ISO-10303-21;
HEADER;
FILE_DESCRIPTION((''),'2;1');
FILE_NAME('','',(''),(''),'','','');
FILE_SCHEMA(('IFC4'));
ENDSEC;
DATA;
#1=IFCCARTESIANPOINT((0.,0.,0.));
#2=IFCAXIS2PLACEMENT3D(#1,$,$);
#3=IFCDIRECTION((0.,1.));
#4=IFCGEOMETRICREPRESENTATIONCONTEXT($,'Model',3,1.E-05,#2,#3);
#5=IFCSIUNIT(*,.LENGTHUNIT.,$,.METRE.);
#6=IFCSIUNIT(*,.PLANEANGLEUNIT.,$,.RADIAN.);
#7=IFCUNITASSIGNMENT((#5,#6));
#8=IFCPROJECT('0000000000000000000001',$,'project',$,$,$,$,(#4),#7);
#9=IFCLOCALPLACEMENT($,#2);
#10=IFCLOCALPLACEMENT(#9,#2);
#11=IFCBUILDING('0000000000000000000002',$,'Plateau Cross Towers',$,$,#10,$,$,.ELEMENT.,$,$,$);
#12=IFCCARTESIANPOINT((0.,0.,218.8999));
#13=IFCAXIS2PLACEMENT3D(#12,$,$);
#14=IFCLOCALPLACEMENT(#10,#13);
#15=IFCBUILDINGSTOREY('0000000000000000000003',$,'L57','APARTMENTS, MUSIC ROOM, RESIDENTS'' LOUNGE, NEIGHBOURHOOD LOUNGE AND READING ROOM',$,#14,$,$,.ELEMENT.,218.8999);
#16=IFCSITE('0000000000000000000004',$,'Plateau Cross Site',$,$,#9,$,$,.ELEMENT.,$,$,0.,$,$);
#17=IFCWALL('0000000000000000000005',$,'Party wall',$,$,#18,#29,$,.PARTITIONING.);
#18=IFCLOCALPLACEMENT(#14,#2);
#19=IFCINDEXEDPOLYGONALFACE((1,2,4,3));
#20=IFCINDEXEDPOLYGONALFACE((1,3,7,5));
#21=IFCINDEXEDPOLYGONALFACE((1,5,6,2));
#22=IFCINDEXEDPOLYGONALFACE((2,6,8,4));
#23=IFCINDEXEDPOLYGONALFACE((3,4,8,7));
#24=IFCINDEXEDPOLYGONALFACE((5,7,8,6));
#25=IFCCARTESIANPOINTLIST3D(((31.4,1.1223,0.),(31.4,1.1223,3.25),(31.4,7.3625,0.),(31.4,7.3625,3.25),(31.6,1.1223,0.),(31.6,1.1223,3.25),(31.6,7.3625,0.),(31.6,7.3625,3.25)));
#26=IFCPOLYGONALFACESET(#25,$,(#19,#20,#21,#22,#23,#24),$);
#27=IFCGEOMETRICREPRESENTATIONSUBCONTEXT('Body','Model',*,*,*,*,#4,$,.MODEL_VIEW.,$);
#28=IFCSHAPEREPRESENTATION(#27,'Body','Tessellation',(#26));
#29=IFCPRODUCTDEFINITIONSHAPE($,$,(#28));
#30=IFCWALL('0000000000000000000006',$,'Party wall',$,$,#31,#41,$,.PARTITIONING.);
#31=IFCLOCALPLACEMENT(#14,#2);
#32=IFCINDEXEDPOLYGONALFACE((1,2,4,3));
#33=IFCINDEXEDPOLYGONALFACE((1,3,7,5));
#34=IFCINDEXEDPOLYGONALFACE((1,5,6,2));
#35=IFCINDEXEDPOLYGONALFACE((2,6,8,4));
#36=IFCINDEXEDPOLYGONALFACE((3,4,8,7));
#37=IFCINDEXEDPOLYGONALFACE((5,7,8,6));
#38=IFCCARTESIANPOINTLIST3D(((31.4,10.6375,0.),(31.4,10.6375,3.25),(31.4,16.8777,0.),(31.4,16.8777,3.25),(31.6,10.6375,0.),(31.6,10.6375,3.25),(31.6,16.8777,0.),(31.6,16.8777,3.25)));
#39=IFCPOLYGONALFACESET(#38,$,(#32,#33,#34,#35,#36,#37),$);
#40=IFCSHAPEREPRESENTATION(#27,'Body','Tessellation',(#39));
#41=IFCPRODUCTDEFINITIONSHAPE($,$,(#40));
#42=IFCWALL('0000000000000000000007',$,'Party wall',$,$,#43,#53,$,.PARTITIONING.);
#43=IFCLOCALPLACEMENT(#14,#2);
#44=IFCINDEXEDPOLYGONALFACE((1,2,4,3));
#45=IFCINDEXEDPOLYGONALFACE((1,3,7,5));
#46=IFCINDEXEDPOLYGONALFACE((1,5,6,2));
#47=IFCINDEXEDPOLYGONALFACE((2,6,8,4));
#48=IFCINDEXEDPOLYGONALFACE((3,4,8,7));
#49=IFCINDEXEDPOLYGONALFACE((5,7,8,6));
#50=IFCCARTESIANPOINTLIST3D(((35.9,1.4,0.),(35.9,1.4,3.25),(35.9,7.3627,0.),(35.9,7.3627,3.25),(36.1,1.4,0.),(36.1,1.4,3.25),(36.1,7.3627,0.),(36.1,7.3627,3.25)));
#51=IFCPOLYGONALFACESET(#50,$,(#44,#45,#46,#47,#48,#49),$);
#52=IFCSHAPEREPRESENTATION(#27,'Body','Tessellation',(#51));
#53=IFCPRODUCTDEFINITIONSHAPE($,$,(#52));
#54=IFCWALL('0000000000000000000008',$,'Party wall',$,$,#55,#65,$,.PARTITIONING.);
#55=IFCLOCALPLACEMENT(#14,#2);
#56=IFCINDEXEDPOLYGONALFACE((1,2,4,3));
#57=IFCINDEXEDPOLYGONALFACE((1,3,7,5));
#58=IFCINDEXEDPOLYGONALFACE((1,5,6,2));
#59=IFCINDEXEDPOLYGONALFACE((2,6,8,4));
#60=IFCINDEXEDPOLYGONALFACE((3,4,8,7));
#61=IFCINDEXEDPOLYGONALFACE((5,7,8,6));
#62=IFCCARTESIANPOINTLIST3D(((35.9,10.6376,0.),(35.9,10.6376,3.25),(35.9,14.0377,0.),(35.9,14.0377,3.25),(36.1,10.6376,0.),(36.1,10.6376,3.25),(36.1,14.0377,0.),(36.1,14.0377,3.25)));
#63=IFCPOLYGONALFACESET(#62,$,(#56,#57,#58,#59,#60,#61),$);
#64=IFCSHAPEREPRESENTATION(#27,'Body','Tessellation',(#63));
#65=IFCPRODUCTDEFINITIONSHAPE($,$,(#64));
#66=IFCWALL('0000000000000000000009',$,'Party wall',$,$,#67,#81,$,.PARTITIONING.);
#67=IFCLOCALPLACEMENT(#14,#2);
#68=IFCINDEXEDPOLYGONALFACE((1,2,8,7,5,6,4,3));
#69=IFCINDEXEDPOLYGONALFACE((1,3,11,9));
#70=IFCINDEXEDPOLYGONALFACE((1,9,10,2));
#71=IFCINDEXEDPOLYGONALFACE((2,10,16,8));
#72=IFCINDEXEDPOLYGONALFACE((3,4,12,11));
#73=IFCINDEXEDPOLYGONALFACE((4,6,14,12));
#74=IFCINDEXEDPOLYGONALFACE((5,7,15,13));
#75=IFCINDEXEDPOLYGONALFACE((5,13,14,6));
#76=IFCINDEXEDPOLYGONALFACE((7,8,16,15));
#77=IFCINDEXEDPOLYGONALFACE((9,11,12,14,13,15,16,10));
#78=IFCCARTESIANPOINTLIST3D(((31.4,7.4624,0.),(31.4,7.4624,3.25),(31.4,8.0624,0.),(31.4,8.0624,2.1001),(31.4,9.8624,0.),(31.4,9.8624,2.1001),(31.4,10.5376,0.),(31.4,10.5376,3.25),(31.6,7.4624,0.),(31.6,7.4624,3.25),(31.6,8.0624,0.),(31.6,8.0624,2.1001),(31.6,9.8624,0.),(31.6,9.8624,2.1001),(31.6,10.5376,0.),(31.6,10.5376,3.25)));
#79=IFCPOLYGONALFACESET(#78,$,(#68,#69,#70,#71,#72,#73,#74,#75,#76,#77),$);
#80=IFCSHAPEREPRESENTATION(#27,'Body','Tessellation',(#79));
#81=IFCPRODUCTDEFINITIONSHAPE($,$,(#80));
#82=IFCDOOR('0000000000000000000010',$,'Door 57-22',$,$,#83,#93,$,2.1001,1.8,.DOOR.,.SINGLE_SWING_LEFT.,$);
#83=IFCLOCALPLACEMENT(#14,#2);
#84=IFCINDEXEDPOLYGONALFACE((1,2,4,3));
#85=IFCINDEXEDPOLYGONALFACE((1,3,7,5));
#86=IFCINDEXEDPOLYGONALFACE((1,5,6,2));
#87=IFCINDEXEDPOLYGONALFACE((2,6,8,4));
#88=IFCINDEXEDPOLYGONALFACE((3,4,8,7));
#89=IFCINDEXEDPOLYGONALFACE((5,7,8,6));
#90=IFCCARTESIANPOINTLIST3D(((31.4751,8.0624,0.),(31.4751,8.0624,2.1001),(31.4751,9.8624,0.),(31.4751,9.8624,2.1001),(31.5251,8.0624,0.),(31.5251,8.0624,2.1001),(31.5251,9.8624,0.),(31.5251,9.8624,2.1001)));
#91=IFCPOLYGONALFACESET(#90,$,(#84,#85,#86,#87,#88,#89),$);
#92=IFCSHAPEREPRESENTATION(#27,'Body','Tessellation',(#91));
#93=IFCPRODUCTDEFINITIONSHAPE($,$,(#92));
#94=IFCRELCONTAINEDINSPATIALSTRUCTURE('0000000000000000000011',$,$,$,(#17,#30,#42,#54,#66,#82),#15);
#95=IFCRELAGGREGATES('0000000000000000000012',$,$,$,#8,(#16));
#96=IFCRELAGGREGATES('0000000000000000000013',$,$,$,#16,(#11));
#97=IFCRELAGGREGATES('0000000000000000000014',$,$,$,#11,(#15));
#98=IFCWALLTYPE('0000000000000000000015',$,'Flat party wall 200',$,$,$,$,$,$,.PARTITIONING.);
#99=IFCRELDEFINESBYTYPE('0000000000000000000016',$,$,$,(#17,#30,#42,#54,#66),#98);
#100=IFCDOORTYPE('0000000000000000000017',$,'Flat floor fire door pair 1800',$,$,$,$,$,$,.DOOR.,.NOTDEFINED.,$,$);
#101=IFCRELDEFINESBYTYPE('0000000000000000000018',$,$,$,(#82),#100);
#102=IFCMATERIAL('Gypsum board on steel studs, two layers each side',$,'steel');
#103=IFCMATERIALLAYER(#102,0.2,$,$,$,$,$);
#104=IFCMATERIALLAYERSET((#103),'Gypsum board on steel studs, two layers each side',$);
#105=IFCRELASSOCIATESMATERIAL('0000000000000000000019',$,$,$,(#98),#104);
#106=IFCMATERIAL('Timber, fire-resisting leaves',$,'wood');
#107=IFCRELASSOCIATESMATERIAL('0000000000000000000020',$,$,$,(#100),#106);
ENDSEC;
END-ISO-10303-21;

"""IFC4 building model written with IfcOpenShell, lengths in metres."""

from ifc_helpers import new_model, si_unit, direction, frame, frame_2d, origin, place, context, subcontext, project, spatial, rectangle, extrude, material, layer, layer_set, type_object, element, fill, save


model = new_model("IFC4")

# Units and contexts
model_context = context("Model", 3, precision=1e-05, world=origin(), true_north=direction((0.0, 1.0)))
body_context = subcontext(model_context, "Body", "Model", "MODEL_VIEW")
ifc_project = project(units=[si_unit("LENGTHUNIT", "METRE"), si_unit("PLANEANGLEUNIT", "RADIAN")], contexts=[model_context])

# Site, building, storey
site_placement = place(None, origin())
site = spatial("IfcSite", under=ifc_project, at=site_placement, Name="Plateau Cross Site", CompositionType="ELEMENT", RefElevation=0.0)
building_placement = place(site_placement, origin())
building = spatial("IfcBuilding", under=site, at=building_placement, Name="Plateau Cross Towers", CompositionType="ELEMENT")
storey_placement = place(building_placement, frame((0.0, 0.0, 218.8999)))
storey = spatial("IfcBuildingStorey", under=building, at=storey_placement, Name="L57", Description="APARTMENTS, MUSIC ROOM, RESIDENTS' LOUNGE, NEIGHBOURHOOD LOUNGE AND READING ROOM", CompositionType="ELEMENT", Elevation=218.8999)

# Walls
ifc_material_1 = material(Name="Gypsum board on steel studs, two layers each side", Category="steel")
ifc_layer_1 = layer(ifc_material_1, 0.2)
ifc_layer_set_1 = layer_set([ifc_layer_1], Name="Gypsum board on steel studs, two layers each side")
wall_type_1 = type_object("IfcWallType", Name="Flat party wall 200", PredefinedType="PARTITIONING", material=ifc_layer_set_1)
for number, where, z_axis, x_axis, name in (
    (1, (31.5, 1.1223, 0.0), (0.0, 0.0, 1.0), (0.0, 1.0, 0.0), "Party wall"),
    (2, (31.5, 10.6375, 0.0), (0.0, 0.0, 1.0), (0.0, 1.0, 0.0), "Party wall"),
):
    element("IfcWall", number, at=place(storey_placement, frame(where, z_axis=z_axis, x_axis=x_axis)), inside=storey, type_object=wall_type_1, Name=name, PredefinedType="PARTITIONING", context=body_context, shape_type="SweptSolid", body=[
        extrude(rectangle(XDim=6.2402, YDim=0.2, at=frame_2d((3.1201, 0.0))), origin(), (0.0, 0.0, 1.0), 3.25),
    ])
wall_1_placement = place(storey_placement, frame((36.0, 1.3999, 0.0), z_axis=(0.0, 0.0, 1.0), x_axis=(0.0, 1.0, 0.0)))
element("IfcWall", 3, at=wall_1_placement, inside=storey, type_object=wall_type_1, Name="Party wall", PredefinedType="PARTITIONING", context=body_context, shape_type="SweptSolid", body=[
    extrude(rectangle(XDim=5.9626, YDim=0.2, at=frame_2d((2.9814, 0.0))), origin(), (0.0, 0.0, 1.0), 3.25),
])
wall_2_placement = place(storey_placement, frame((36.0, 10.6375, 0.0), z_axis=(0.0, 0.0, 1.0), x_axis=(0.0, 1.0, 0.0)))
element("IfcWall", 4, at=wall_2_placement, inside=storey, type_object=wall_type_1, Name="Party wall", PredefinedType="PARTITIONING", context=body_context, shape_type="SweptSolid", body=[
    extrude(rectangle(XDim=3.4001, YDim=0.2, at=frame_2d((1.7002, 0.0))), origin(), (0.0, 0.0, 1.0), 3.25),
])

# Wall, opening, door
wall_3_placement = place(storey_placement, frame((31.5, 7.4624, 0.0), z_axis=(0.0, 0.0, 1.0), x_axis=(0.0, 1.0, 0.0)))
wall_3 = element("IfcWall", 5, at=wall_3_placement, inside=storey, type_object=wall_type_1, Name="Party wall", PredefinedType="PARTITIONING", context=body_context, shape_type="SweptSolid", body=[
    extrude(rectangle(XDim=3.0752, YDim=0.2, at=frame_2d((1.5376, 0.0))), origin(), (0.0, 0.0, 1.0), 3.25),
])
opening_1_placement = place(wall_3_placement, frame((0.6001, 0.0, 0.0)))
opening_1 = element("IfcOpeningElement", 6, at=opening_1_placement, cuts=wall_3, PredefinedType="OPENING", context=body_context, shape_type="SweptSolid", body=[
    extrude(rectangle(XDim=1.8, YDim=2.1001, at=frame_2d((0.8999, 1.05))), frame((0.0, 0.1099, 0.0), z_axis=(0.0, -1.0, 0.0), x_axis=(1.0, 0.0, 0.0)), (0.0, 0.0, 1.0), 0.22),
])
ifc_material_2 = material(Name="Timber, fire-resisting leaves", Category="wood")
door_type_1 = type_object("IfcDoorType", Name="Flat floor fire door pair 1800", OperationType="NOTDEFINED", PredefinedType="DOOR", material=ifc_material_2)
door_1_placement = place(opening_1_placement, origin())
door_1 = element("IfcDoor", 7, at=door_1_placement, inside=storey, type_object=door_type_1, Name="Door 57-22", OperationType="SINGLE_SWING_LEFT", OverallHeight=2.1001, OverallWidth=1.8, PredefinedType="DOOR", context=body_context, shape_type="SweptSolid", body=[
    extrude(rectangle(XDim=1.8, YDim=2.1001, at=frame_2d((0.8999, 1.05))), frame((0.0, 0.0249, 0.0), z_axis=(0.0, -1.0, 0.0), x_axis=(1.0, 0.0, 0.0)), (0.0, 0.0, 1.0), 0.05),
])
fill(opening_1, door_1)

save(model, "model.ifc")
